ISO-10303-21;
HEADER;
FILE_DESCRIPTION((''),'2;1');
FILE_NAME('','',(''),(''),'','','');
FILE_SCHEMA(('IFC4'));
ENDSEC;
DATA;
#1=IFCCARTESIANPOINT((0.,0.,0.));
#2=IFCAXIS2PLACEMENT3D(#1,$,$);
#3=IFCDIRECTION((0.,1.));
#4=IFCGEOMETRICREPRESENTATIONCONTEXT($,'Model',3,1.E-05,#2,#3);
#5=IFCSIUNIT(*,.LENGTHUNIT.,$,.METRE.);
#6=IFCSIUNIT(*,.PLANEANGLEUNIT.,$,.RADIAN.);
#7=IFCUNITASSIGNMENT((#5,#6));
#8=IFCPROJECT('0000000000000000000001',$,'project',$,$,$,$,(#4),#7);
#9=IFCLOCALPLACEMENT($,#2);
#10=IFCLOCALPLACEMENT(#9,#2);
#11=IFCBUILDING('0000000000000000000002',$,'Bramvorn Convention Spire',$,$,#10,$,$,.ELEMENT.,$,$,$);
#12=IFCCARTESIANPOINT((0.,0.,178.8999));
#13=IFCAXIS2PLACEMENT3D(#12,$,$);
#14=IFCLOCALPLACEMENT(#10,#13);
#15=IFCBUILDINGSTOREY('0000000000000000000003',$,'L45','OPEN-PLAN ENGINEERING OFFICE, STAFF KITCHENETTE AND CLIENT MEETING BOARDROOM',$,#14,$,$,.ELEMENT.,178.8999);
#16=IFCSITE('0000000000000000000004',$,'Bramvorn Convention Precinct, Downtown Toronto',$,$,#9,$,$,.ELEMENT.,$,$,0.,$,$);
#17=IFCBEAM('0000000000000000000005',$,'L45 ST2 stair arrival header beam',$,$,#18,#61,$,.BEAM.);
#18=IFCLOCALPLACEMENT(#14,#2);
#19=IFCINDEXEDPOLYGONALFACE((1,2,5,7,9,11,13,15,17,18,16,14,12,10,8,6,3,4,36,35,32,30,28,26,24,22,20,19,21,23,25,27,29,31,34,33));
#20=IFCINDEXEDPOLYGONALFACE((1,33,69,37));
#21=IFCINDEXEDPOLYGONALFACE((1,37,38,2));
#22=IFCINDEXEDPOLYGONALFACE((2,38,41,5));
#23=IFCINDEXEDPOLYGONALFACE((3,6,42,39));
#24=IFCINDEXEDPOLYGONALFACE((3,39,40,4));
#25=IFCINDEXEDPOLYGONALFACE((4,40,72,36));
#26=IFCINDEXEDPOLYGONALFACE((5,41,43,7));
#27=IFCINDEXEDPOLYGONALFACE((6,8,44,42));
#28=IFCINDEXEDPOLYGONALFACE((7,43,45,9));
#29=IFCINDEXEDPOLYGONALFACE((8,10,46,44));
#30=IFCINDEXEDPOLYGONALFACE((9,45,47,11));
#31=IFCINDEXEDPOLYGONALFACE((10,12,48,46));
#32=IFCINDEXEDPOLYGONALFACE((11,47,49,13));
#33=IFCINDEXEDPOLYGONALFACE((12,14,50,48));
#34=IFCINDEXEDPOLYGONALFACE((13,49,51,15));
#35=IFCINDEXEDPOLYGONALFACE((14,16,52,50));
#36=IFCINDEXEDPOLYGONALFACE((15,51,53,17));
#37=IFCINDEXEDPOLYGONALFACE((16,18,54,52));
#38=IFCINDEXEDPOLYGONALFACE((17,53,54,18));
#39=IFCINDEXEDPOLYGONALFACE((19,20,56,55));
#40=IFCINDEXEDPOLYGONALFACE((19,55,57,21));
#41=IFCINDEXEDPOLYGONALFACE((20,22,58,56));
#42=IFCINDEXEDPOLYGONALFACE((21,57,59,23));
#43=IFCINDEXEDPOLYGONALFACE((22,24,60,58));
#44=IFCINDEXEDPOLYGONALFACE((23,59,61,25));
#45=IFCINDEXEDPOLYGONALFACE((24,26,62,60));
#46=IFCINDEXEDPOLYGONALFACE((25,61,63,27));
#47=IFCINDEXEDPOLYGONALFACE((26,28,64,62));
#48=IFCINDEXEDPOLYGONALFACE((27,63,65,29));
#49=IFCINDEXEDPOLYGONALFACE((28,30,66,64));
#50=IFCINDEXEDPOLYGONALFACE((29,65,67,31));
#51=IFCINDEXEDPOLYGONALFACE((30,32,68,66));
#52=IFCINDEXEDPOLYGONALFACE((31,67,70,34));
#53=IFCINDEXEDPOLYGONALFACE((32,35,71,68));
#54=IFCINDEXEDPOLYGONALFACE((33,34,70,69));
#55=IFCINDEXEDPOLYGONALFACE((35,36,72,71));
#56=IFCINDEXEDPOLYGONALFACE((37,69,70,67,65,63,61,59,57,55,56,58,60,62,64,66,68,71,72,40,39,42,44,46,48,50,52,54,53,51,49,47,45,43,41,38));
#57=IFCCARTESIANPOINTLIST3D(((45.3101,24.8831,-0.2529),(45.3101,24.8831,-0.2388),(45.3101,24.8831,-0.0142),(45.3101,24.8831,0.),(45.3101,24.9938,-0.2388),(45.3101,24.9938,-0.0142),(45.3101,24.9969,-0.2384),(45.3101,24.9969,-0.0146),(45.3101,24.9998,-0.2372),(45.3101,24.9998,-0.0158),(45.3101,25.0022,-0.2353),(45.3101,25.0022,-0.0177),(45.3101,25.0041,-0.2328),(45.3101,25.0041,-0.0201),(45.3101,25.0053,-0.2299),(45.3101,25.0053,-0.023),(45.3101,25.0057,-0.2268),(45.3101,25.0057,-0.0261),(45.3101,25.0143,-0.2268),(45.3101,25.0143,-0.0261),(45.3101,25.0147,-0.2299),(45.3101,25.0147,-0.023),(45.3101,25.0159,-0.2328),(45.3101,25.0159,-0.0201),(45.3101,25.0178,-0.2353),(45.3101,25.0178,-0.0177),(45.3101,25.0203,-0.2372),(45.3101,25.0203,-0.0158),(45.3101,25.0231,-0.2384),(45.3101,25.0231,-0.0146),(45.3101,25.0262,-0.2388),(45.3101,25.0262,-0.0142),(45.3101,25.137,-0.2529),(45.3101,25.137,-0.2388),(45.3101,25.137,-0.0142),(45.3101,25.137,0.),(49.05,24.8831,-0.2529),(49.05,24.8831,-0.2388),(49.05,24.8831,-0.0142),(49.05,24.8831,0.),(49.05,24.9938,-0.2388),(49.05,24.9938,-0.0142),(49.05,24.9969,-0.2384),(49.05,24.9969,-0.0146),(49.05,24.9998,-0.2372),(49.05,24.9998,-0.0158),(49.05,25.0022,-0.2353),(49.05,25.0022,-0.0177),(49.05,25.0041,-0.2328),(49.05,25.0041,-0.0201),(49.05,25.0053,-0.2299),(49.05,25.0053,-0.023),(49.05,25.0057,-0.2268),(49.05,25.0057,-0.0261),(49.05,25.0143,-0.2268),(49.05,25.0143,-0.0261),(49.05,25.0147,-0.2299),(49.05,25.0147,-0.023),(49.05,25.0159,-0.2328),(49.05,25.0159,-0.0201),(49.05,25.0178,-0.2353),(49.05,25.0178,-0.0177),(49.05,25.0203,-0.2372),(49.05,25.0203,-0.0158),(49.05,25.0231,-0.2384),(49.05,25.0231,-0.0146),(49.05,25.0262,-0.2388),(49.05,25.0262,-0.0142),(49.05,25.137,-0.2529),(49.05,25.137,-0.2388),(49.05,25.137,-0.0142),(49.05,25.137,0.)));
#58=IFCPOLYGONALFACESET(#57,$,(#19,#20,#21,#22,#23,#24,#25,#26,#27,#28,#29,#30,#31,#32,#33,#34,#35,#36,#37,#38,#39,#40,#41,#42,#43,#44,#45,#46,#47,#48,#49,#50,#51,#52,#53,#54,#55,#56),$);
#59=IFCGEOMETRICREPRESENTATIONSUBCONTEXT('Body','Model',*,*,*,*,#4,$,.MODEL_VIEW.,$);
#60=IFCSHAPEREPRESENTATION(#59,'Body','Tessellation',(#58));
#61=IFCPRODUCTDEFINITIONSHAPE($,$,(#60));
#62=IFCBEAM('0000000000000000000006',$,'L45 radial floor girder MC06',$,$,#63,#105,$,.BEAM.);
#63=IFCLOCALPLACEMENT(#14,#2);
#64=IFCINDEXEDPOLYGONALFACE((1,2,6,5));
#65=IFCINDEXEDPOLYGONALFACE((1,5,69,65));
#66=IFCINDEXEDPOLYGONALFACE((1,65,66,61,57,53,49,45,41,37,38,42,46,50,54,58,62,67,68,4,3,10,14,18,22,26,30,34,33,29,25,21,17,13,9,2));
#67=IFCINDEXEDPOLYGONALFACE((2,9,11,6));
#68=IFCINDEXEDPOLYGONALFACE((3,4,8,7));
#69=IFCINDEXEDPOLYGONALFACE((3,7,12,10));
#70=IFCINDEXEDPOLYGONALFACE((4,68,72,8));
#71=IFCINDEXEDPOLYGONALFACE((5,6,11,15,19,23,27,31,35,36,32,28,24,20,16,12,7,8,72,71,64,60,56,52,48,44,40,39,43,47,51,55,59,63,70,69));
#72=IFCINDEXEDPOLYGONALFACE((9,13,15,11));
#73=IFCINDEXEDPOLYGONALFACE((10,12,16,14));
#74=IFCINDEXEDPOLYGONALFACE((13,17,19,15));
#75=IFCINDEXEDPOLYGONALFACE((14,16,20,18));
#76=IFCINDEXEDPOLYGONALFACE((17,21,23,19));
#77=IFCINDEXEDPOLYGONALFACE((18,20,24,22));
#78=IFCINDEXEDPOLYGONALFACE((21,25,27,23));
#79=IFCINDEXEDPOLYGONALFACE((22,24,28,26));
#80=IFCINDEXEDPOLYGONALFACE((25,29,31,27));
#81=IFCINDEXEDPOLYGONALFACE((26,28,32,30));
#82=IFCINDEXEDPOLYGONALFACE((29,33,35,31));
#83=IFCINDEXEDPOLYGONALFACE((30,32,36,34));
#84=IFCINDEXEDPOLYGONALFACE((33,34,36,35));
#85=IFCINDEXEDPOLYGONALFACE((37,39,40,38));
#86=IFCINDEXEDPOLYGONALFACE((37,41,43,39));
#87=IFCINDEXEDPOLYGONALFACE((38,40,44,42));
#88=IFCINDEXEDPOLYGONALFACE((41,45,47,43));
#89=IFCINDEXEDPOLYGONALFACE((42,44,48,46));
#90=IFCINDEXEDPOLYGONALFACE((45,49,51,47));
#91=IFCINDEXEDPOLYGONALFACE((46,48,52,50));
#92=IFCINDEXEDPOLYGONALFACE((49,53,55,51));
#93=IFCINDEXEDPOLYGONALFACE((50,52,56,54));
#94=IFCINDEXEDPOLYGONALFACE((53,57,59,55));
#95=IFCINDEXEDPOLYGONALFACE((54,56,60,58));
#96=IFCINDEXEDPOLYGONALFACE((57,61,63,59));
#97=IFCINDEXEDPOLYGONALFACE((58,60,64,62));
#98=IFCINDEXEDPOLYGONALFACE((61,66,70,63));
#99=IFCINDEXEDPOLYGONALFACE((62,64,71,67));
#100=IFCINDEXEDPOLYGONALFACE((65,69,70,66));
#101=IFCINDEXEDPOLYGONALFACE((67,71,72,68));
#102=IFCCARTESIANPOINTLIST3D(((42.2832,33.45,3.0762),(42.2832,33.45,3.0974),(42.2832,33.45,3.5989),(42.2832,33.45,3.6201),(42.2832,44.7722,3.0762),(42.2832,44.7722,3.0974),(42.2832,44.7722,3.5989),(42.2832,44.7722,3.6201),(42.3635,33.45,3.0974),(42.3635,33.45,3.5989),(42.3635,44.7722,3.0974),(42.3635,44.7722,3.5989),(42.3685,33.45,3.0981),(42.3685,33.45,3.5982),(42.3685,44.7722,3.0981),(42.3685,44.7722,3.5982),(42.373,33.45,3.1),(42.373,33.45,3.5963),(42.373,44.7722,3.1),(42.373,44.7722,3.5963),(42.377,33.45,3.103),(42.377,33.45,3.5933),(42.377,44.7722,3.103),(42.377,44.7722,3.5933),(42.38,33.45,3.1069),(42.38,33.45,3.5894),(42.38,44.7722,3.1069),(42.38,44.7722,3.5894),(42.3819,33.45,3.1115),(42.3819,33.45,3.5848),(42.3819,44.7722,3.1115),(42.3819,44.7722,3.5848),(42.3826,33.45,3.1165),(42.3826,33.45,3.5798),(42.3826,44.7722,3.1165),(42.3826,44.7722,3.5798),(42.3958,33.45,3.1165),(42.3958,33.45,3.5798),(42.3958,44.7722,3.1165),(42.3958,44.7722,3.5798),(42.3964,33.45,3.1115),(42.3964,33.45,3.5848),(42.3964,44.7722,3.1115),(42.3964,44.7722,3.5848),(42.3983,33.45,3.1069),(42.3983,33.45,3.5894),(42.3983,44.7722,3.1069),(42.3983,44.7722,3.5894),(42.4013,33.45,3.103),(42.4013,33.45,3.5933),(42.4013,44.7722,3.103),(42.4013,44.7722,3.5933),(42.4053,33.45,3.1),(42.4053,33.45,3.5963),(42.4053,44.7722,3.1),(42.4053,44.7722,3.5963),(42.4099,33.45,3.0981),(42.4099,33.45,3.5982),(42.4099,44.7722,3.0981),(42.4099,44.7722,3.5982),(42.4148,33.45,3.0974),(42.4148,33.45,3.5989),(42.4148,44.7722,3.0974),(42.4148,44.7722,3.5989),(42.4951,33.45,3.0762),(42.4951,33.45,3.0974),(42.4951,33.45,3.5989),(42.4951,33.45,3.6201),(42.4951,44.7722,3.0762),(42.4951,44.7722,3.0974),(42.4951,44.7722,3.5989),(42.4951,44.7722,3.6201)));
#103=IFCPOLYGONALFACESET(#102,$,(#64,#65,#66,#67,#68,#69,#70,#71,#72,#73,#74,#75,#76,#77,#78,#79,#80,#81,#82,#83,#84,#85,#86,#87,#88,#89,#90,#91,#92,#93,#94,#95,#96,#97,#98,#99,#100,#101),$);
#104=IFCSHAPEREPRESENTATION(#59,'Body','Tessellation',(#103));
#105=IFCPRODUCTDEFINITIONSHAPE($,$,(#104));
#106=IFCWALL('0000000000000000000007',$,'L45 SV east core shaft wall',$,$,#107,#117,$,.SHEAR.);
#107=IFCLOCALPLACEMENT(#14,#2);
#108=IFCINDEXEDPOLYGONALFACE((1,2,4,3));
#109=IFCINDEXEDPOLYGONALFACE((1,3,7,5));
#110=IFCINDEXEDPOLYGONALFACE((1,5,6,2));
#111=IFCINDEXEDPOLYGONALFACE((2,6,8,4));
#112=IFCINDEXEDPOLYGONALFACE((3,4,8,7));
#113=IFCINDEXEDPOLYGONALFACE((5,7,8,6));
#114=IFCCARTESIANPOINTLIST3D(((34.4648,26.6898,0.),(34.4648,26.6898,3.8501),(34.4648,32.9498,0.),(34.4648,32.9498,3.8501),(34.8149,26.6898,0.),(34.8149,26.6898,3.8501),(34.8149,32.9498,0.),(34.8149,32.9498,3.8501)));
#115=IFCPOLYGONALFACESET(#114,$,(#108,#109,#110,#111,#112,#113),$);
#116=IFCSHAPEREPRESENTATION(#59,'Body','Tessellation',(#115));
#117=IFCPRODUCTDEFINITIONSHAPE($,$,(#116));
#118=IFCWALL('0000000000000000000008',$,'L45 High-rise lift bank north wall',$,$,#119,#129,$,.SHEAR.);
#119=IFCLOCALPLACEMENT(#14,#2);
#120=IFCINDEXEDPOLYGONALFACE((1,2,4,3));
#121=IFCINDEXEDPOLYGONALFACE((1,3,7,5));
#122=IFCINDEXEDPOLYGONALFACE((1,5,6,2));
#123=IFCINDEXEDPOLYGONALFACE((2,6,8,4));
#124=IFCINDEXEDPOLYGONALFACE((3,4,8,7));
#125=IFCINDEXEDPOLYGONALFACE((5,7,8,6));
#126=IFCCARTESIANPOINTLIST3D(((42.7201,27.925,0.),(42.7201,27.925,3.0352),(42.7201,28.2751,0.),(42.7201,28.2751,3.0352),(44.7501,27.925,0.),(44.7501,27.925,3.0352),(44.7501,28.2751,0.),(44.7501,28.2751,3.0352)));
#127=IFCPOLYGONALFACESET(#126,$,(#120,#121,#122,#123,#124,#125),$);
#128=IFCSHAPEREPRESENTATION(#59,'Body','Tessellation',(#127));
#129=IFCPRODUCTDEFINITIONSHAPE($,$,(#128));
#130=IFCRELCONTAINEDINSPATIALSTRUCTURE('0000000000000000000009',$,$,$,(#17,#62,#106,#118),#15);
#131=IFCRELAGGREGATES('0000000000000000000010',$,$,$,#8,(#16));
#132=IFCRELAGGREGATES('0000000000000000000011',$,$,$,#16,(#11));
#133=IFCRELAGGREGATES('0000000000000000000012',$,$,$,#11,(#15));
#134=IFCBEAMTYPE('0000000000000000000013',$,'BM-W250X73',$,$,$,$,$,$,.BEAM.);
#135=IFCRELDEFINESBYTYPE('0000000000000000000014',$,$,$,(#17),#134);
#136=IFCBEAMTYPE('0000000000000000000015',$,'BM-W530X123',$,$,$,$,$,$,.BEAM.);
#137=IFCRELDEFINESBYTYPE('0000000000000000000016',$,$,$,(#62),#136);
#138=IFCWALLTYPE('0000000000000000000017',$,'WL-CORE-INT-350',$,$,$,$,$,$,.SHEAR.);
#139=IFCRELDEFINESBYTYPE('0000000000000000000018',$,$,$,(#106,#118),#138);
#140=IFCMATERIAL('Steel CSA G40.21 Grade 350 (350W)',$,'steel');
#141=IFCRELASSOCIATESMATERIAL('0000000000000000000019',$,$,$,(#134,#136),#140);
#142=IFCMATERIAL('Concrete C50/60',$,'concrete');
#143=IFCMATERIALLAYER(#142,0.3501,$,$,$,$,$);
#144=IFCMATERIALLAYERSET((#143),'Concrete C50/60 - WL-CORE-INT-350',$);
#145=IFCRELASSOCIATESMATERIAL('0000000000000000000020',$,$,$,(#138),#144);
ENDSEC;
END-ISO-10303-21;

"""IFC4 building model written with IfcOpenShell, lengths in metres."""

from ifc_helpers import new_model, si_unit, direction, frame, frame_2d, origin, origin_2d, place, context, subcontext, project, spatial, rectangle, i_section, extrude, material, layer, layer_set, material_profile, profile_set, type_object, element, save


model = new_model("IFC4")

# Units and contexts
model_context = context("Model", 3, precision=1e-05, world=origin(), true_north=direction((0.0, 1.0)))
body_context = subcontext(model_context, "Body", "Model", "MODEL_VIEW")
ifc_project = project(units=[si_unit("LENGTHUNIT", "METRE"), si_unit("PLANEANGLEUNIT", "RADIAN")], contexts=[model_context])

# Site, building, storey
site_placement = place(None, origin())
site = spatial("IfcSite", under=ifc_project, at=site_placement, Name="Bramvorn Convention Precinct, Downtown Toronto", CompositionType="ELEMENT", RefElevation=0.0)
building_placement = place(site_placement, origin())
building = spatial("IfcBuilding", under=site, at=building_placement, Name="Bramvorn Convention Spire", CompositionType="ELEMENT")
storey_placement = place(building_placement, frame((0.0, 0.0, 178.8999)))
storey = spatial("IfcBuildingStorey", under=building, at=storey_placement, Name="L45", Description="OPEN-PLAN ENGINEERING OFFICE, STAFF KITCHENETTE AND CLIENT MEETING BOARDROOM", CompositionType="ELEMENT", Elevation=178.8999)

# Beams
ifc_material_1 = material(Name="Steel CSA G40.21 Grade 350 (350W)", Category="steel")
ifc_material_profile_1 = material_profile(ifc_material_1, i_section(OverallWidth=0.2539, OverallDepth=0.2529, WebThickness=0.0085, FlangeThickness=0.0142, FilletRadius=0.012, at=origin_2d()))
ifc_profile_set_1 = profile_set([ifc_material_profile_1], Name="Steel CSA G40.21 Grade 350 (350W) - W250X73")
beam_type_1 = type_object("IfcBeamType", Name="BM-W250X73", PredefinedType="BEAM", material=ifc_profile_set_1)
beam_1_placement = place(storey_placement, frame((45.3101, 25.01, -0.1265), z_axis=(1.0, 0.0, 0.0), x_axis=(0.0, 1.0, 0.0)))
element("IfcBeam", 1, at=beam_1_placement, inside=storey, type_object=beam_type_1, Name="L45 ST2 stair arrival header beam", PredefinedType="BEAM", context=body_context, shape_type="SweptSolid", body=[
    extrude(i_section(OverallWidth=0.2539, OverallDepth=0.2529, WebThickness=0.0085, FlangeThickness=0.0142, FilletRadius=0.012, at=origin_2d()), origin(), (0.0, 0.0, 1.0), 3.74),
])
ifc_material_profile_2 = material_profile(ifc_material_1, i_section(OverallWidth=0.2119, OverallDepth=0.5439, WebThickness=0.0132, FlangeThickness=0.0212, FilletRadius=0.019, at=origin_2d()))
ifc_profile_set_2 = profile_set([ifc_material_profile_2], Name="Steel CSA G40.21 Grade 350 (350W) - W530X123")
beam_type_2 = type_object("IfcBeamType", Name="BM-W530X123", PredefinedType="BEAM", material=ifc_profile_set_2)
beam_2_placement = place(storey_placement, frame((42.3892, 33.45, 3.3481), z_axis=(0.0, 1.0, 0.0), x_axis=(-1.0, 0.0, 0.0)))
element("IfcBeam", 2, at=beam_2_placement, inside=storey, type_object=beam_type_2, Name="L45 radial floor girder MC06", PredefinedType="BEAM", context=body_context, shape_type="SweptSolid", body=[
    extrude(i_section(OverallWidth=0.2119, OverallDepth=0.5439, WebThickness=0.0132, FlangeThickness=0.0212, FilletRadius=0.019, at=origin_2d()), origin(), (0.0, 0.0, 1.0), 11.3223),
])

# Shared definitions
ifc_material_2 = material(Name="Concrete C50/60", Category="concrete")
ifc_layer_1 = layer(ifc_material_2, 0.3501)
ifc_layer_set_1 = layer_set([ifc_layer_1], Name="Concrete C50/60 - WL-CORE-INT-350")
wall_type_1 = type_object("IfcWallType", Name="WL-CORE-INT-350", PredefinedType="SHEAR", material=ifc_layer_set_1)

# Walls
wall_1_placement = place(storey_placement, frame((34.6399, 26.6899, 0.0), z_axis=(0.0, 0.0, 1.0), x_axis=(0.0, 1.0, 0.0)))
element("IfcWall", 3, at=wall_1_placement, inside=storey, type_object=wall_type_1, Name="L45 SV east core shaft wall", PredefinedType="SHEAR", context=body_context, shape_type="SweptSolid", body=[
    extrude(rectangle(XDim=6.26, YDim=0.3501, at=frame_2d((3.1299, 0.0))), origin(), (0.0, 0.0, 1.0), 3.8501),
])
wall_2_placement = place(storey_placement, frame((42.72, 28.1001, 0.0), z_axis=(0.0, 0.0, 1.0), x_axis=(1.0, 0.0, 0.0)))
element("IfcWall", 4, at=wall_2_placement, inside=storey, type_object=wall_type_1, Name="L45 High-rise lift bank north wall", PredefinedType="SHEAR", context=body_context, shape_type="SweptSolid", body=[
    extrude(rectangle(XDim=2.03, YDim=0.3501, at=frame_2d((1.0151, 0.0))), origin(), (0.0, 0.0, 1.0), 3.0352),
])

save(model, "model.ifc")
